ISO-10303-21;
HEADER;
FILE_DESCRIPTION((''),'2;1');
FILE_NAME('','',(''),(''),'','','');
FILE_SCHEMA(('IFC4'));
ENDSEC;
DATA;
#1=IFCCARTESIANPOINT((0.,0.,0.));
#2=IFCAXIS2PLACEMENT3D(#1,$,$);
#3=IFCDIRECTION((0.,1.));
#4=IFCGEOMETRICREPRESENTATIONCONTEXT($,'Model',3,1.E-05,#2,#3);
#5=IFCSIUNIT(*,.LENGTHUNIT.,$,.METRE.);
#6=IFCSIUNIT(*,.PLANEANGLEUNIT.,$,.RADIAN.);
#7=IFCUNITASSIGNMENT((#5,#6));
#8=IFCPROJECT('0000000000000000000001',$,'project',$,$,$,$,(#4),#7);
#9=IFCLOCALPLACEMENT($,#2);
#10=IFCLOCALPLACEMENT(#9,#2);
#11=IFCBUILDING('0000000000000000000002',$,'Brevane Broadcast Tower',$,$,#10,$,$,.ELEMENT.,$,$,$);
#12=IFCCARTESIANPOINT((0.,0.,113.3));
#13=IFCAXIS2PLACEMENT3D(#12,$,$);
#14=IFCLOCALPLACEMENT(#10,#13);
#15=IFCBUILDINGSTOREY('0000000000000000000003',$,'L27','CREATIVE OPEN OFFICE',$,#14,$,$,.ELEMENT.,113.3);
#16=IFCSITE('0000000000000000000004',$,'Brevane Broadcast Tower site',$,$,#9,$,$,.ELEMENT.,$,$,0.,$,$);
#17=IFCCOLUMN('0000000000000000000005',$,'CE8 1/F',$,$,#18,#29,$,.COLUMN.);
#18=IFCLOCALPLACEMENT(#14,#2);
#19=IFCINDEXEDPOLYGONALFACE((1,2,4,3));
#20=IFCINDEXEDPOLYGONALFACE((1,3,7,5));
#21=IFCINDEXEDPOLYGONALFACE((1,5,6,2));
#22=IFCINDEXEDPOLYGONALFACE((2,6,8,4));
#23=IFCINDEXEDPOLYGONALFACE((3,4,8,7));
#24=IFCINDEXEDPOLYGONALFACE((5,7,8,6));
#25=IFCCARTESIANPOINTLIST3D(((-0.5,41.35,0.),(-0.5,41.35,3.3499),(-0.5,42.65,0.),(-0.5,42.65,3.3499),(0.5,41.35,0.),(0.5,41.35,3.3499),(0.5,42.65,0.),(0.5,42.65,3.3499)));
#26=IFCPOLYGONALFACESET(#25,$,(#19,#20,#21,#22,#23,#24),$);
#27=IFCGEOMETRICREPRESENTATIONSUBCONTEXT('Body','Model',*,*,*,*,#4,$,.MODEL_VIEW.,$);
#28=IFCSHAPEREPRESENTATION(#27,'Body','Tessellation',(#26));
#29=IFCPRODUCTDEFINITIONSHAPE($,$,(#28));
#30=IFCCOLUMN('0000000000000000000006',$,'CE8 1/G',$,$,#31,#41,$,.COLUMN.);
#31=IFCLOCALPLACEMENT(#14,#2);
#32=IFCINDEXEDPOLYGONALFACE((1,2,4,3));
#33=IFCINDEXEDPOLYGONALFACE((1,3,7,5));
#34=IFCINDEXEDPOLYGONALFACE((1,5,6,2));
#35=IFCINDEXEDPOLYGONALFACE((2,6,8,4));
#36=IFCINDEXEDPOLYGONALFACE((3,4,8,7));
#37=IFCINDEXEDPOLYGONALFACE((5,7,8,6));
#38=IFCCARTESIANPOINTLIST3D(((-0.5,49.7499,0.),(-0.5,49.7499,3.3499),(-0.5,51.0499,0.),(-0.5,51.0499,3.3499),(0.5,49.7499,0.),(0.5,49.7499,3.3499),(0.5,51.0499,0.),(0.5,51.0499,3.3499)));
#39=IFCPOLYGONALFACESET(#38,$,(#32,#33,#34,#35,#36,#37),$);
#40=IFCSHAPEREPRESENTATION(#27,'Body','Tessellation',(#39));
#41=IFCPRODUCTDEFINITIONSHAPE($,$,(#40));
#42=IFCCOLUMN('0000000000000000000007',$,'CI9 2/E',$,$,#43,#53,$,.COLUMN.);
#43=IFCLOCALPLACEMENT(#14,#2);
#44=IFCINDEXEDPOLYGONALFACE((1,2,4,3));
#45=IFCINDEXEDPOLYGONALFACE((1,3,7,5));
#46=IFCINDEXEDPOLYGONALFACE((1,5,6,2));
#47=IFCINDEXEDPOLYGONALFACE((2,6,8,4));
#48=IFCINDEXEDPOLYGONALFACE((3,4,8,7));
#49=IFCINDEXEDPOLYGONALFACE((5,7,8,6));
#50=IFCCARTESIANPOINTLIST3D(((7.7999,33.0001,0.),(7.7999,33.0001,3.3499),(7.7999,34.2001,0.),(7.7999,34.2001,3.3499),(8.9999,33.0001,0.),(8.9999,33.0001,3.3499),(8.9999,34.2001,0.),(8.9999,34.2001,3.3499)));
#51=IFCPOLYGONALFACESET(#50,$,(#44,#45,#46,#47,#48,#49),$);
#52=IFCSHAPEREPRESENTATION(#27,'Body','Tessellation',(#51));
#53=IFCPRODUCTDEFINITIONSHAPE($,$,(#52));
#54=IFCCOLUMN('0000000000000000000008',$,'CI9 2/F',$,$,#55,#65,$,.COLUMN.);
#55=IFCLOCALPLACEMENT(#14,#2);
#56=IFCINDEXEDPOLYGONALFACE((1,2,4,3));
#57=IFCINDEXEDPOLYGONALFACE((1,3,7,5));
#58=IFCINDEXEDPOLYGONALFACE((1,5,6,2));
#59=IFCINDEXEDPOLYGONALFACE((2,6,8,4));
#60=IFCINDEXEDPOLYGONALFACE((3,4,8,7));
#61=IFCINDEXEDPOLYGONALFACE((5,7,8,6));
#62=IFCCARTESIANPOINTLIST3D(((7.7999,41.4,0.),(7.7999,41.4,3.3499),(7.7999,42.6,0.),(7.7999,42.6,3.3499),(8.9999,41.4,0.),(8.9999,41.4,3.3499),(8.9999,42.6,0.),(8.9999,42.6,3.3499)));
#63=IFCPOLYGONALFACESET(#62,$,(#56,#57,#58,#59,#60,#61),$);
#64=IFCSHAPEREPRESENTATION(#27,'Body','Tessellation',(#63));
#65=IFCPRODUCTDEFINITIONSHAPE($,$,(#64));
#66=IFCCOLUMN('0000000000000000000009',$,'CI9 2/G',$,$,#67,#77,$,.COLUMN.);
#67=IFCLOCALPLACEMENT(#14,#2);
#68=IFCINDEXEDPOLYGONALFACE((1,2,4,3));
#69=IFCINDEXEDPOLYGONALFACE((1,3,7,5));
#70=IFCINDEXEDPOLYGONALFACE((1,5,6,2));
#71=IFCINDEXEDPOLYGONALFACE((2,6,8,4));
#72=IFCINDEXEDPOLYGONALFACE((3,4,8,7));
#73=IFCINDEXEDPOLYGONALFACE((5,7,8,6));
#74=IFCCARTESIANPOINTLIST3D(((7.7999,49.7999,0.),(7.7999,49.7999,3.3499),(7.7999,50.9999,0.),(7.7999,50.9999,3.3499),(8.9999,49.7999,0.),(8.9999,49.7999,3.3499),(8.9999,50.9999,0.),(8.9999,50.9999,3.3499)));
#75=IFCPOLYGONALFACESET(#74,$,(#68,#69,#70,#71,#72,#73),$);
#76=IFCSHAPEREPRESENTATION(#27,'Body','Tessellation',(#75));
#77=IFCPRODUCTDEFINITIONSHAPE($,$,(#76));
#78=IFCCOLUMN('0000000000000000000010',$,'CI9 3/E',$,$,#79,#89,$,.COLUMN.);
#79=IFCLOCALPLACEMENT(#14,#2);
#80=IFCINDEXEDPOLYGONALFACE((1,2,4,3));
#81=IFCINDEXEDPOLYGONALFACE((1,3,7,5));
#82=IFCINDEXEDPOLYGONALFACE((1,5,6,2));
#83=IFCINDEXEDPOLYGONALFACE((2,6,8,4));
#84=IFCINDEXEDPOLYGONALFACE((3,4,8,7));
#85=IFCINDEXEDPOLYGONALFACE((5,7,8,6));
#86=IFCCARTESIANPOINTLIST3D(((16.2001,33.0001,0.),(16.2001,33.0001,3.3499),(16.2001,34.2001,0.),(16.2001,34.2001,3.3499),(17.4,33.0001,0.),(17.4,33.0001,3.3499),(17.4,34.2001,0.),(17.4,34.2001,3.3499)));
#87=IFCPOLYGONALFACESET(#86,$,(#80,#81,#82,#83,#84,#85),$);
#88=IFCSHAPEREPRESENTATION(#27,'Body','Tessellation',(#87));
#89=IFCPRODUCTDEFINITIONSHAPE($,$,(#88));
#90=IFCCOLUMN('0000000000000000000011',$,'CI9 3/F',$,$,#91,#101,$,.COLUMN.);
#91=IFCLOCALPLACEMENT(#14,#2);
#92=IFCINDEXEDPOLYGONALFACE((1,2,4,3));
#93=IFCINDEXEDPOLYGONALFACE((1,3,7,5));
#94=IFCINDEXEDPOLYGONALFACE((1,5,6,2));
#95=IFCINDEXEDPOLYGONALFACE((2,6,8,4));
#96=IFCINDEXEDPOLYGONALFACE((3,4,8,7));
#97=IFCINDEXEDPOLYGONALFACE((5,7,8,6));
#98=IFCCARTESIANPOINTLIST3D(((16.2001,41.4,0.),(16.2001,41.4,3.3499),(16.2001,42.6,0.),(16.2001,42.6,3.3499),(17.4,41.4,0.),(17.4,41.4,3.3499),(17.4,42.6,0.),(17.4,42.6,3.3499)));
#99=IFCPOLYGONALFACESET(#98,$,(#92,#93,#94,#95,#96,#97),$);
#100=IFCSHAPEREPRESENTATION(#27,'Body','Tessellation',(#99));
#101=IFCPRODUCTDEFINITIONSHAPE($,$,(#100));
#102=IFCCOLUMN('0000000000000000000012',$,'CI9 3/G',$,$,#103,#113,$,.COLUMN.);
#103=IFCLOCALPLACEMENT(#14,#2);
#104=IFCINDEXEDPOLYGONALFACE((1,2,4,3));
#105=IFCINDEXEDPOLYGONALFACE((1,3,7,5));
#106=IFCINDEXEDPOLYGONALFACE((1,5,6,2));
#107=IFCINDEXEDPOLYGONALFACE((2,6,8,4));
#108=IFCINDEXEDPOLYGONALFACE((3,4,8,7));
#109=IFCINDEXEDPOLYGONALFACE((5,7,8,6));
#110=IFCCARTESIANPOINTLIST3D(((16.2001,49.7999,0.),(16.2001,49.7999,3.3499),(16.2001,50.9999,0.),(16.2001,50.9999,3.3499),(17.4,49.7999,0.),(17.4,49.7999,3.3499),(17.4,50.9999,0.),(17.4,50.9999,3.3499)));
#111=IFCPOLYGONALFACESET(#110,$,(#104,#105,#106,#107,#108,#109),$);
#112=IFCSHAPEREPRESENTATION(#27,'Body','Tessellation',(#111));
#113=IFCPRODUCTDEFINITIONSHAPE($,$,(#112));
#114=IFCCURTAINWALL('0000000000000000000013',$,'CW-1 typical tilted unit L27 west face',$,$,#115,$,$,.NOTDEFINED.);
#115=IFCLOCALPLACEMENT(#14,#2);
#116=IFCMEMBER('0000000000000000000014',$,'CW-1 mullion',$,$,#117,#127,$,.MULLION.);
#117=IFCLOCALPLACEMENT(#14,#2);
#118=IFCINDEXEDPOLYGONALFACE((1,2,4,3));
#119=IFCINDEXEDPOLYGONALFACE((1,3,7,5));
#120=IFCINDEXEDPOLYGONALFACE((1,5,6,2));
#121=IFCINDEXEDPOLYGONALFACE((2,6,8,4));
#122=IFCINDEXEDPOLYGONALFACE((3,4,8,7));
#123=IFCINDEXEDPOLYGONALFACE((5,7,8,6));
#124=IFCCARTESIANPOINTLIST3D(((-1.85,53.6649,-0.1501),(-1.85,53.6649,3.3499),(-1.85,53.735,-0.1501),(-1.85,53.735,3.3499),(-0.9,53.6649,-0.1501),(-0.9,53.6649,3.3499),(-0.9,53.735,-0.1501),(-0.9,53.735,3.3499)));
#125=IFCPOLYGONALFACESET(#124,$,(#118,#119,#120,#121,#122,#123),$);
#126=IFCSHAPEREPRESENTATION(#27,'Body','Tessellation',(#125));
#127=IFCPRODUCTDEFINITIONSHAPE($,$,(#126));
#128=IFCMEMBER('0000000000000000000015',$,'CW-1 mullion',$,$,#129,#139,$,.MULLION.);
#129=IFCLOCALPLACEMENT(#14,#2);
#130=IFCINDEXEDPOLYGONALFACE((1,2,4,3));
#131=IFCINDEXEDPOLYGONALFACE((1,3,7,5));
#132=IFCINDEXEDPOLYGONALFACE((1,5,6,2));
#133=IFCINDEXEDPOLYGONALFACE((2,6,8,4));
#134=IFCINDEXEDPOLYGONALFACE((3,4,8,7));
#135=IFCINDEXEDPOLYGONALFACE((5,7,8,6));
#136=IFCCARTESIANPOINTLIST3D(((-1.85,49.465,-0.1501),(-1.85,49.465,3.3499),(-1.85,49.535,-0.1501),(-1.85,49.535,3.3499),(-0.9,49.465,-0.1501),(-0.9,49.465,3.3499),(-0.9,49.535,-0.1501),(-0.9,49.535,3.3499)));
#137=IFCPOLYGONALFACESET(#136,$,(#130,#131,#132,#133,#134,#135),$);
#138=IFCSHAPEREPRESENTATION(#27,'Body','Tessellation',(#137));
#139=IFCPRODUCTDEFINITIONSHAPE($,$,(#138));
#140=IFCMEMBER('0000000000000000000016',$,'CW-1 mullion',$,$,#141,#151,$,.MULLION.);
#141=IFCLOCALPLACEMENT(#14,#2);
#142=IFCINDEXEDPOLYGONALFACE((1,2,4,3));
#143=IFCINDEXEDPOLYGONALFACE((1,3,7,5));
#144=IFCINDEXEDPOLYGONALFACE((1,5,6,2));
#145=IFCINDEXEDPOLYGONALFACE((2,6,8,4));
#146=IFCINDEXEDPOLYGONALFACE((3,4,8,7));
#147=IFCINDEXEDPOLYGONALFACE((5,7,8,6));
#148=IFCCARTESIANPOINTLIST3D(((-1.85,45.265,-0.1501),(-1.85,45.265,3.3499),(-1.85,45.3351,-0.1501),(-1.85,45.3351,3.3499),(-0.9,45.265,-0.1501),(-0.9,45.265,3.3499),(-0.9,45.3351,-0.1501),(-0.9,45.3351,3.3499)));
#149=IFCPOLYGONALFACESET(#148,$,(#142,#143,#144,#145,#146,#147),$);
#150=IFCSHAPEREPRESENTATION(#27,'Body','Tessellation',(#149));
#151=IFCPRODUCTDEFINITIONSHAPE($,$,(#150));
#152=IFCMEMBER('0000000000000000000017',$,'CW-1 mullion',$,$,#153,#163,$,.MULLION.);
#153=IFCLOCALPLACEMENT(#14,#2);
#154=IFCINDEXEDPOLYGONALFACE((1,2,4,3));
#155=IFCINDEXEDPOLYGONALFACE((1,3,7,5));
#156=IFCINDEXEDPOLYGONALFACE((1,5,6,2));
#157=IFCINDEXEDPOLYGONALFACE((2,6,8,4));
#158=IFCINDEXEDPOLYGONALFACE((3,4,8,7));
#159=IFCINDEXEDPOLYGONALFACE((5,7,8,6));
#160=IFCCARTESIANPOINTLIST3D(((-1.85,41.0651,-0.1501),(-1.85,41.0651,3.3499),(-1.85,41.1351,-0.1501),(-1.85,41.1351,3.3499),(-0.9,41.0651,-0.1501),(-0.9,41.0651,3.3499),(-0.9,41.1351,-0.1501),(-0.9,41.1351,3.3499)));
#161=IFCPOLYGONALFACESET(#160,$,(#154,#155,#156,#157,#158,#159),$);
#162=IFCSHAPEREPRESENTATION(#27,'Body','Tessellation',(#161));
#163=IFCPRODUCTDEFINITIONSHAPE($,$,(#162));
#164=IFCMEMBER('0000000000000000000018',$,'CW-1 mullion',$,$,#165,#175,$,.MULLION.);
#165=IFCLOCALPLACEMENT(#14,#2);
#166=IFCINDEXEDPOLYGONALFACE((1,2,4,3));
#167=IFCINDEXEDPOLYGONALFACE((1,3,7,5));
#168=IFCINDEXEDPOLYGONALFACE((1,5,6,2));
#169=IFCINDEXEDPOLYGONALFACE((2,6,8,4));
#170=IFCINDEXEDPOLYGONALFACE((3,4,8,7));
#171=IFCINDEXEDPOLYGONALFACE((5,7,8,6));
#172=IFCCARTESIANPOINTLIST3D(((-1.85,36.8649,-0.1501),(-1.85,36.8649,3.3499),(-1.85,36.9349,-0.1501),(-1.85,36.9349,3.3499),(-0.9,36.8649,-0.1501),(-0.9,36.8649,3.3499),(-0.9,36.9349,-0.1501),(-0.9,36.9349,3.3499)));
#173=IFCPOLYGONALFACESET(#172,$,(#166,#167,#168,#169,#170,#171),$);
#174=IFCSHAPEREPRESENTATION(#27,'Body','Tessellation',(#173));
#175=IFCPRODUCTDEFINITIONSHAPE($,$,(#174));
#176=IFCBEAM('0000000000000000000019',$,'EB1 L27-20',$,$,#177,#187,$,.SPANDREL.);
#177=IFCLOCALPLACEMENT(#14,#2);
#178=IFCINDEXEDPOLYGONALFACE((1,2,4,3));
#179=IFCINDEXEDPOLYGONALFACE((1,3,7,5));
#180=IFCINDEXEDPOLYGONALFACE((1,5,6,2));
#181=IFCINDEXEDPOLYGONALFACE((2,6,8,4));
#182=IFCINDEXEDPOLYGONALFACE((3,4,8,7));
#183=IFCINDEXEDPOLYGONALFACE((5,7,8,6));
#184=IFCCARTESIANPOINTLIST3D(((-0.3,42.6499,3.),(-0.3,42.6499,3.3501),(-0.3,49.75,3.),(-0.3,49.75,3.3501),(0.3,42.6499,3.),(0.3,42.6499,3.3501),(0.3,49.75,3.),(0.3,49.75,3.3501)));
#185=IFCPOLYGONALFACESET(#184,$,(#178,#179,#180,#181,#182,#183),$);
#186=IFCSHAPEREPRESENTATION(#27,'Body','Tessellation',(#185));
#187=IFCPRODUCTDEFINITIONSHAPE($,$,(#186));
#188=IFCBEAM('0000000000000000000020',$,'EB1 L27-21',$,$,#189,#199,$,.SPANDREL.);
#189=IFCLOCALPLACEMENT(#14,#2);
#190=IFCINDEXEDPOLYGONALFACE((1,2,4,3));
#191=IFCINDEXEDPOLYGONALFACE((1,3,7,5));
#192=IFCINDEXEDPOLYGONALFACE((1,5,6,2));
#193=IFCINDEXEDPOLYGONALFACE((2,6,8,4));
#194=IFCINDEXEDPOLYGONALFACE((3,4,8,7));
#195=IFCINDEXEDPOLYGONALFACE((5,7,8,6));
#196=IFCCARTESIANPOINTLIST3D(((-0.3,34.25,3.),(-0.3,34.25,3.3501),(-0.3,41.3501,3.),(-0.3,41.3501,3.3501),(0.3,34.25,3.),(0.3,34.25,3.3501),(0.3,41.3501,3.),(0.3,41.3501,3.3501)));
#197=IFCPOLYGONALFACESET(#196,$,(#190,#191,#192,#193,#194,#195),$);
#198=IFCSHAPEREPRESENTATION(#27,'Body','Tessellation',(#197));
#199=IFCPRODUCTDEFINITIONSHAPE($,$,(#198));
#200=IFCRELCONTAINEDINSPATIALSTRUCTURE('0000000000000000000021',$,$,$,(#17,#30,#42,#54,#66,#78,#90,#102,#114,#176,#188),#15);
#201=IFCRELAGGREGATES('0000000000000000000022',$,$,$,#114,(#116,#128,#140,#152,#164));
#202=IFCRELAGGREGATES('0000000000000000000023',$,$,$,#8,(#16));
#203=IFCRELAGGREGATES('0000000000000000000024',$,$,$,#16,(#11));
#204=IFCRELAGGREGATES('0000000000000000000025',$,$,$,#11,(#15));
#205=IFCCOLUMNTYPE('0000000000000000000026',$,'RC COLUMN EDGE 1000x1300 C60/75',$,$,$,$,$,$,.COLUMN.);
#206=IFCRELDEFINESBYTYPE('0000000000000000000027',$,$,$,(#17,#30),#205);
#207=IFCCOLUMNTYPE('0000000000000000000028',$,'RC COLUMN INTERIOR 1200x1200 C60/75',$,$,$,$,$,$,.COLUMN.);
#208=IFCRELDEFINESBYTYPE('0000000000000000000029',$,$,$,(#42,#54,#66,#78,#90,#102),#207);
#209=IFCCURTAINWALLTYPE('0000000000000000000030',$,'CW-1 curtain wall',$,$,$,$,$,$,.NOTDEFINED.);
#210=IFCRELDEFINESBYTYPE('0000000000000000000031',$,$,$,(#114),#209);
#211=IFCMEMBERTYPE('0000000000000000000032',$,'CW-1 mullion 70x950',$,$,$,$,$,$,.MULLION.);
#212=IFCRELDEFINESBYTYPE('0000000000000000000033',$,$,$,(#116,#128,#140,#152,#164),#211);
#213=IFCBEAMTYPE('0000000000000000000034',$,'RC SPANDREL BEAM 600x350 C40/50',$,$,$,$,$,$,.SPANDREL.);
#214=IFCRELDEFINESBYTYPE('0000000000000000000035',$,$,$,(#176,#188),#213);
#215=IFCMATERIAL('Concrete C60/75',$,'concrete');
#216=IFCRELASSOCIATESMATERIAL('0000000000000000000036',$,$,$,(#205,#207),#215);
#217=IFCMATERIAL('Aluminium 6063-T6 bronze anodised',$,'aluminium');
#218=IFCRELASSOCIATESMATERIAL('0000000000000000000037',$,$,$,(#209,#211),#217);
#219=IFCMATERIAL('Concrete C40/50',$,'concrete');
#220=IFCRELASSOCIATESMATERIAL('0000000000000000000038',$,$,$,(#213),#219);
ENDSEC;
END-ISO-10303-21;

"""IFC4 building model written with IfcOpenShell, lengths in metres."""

from ifc_helpers import new_model, si_unit, direction, frame, origin, origin_2d, place, context, subcontext, project, spatial, rectangle, extrude, material, material_profile, profile_set, type_object, element, aggregate, save


model = new_model("IFC4")

# Units and contexts
model_context = context("Model", 3, precision=1e-05, world=origin(), true_north=direction((0.0, 1.0)))
body_context = subcontext(model_context, "Body", "Model", "MODEL_VIEW")
ifc_project = project(units=[si_unit("LENGTHUNIT", "METRE"), si_unit("PLANEANGLEUNIT", "RADIAN")], contexts=[model_context])

# Site, building, storey
site_placement = place(None, origin())
site = spatial("IfcSite", under=ifc_project, at=site_placement, Name="Brevane Broadcast Tower site", CompositionType="ELEMENT", RefElevation=0.0)
building_placement = place(site_placement, origin())
building = spatial("IfcBuilding", under=site, at=building_placement, Name="Brevane Broadcast Tower", CompositionType="ELEMENT")
storey_placement = place(building_placement, frame((0.0, 0.0, 113.3)))
storey = spatial("IfcBuildingStorey", under=building, at=storey_placement, Name="L27", Description="CREATIVE OPEN OFFICE", CompositionType="ELEMENT", Elevation=113.3)

# Columns
ifc_material_1 = material(Name="Concrete C60/75", Category="concrete")
ifc_material_profile_1 = material_profile(ifc_material_1, rectangle(XDim=1.0, YDim=1.3, at=origin_2d()), Name="RC 1000x1300")
ifc_profile_set_1 = profile_set([ifc_material_profile_1], Name="Concrete C60/75")
column_type_1 = type_object("IfcColumnType", Name="RC COLUMN EDGE 1000x1300 C60/75", PredefinedType="COLUMN", material=ifc_profile_set_1)
for number, where, z_axis, x_axis, name in (
    (1, (0.0, 42.0, 0.0), (0.0, 0.0, 1.0), (1.0, 0.0, 0.0), "CE8 1/F"),
    (2, (0.0, 50.3999, 0.0), (0.0, 0.0, 1.0), (1.0, 0.0, 0.0), "CE8 1/G"),
):
    element("IfcColumn", number, at=place(storey_placement, frame(where, z_axis=z_axis, x_axis=x_axis)), inside=storey, type_object=column_type_1, Name=name, PredefinedType="COLUMN", context=body_context, shape_type="SweptSolid", body=[
        extrude(rectangle(XDim=1.0, YDim=1.3, at=origin_2d()), origin(), (0.0, 0.0, 1.0), 3.3499),
    ])
ifc_material_profile_2 = material_profile(ifc_material_1, rectangle(XDim=1.2, YDim=1.2, at=origin_2d()), Name="RC 1200x1200")
ifc_profile_set_2 = profile_set([ifc_material_profile_2], Name="Concrete C60/75")
column_type_2 = type_object("IfcColumnType", Name="RC COLUMN INTERIOR 1200x1200 C60/75", PredefinedType="COLUMN", material=ifc_profile_set_2)
for number, where, z_axis, x_axis, name in (
    (3, (8.3999, 33.6001, 0.0), (0.0, 0.0, 1.0), (1.0, 0.0, 0.0), "CI9 2/E"),
    (4, (8.3999, 42.0, 0.0), (0.0, 0.0, 1.0), (1.0, 0.0, 0.0), "CI9 2/F"),
    (5, (8.3999, 50.3999, 0.0), (0.0, 0.0, 1.0), (1.0, 0.0, 0.0), "CI9 2/G"),
    (6, (16.8, 33.6001, 0.0), (0.0, 0.0, 1.0), (1.0, 0.0, 0.0), "CI9 3/E"),
    (7, (16.8, 42.0, 0.0), (0.0, 0.0, 1.0), (1.0, 0.0, 0.0), "CI9 3/F"),
    (8, (16.8, 50.3999, 0.0), (0.0, 0.0, 1.0), (1.0, 0.0, 0.0), "CI9 3/G"),
):
    element("IfcColumn", number, at=place(storey_placement, frame(where, z_axis=z_axis, x_axis=x_axis)), inside=storey, type_object=column_type_2, Name=name, PredefinedType="COLUMN", context=body_context, shape_type="SweptSolid", body=[
        extrude(rectangle(XDim=1.2, YDim=1.2, at=origin_2d()), origin(), (0.0, 0.0, 1.0), 3.3499),
    ])

# Curtain wall, members
ifc_material_2 = material(Name="Aluminium 6063-T6 bronze anodised", Category="aluminium")
curtain_wall_type = type_object("IfcCurtainWallType", Name="CW-1 curtain wall", PredefinedType="NOTDEFINED", material=ifc_material_2)
curtain_wall_placement = place(storey_placement, origin())
curtain_wall = element("IfcCurtainWall", 9, at=curtain_wall_placement, inside=storey, type_object=curtain_wall_type, Name="CW-1 typical tilted unit L27 west face", PredefinedType="NOTDEFINED")
ifc_material_profile_3 = material_profile(ifc_material_2, rectangle(XDim=0.95, YDim=0.0701, at=origin_2d()), Name="RECT 70x950")
ifc_profile_set_3 = profile_set([ifc_material_profile_3], Name="Aluminium 6063-T6 bronze anodised")
member_type = type_object("IfcMemberType", Name="CW-1 mullion 70x950", PredefinedType="MULLION", material=ifc_profile_set_3)
member_1_placement = place(storey_placement, frame((-1.375, 53.7, -0.1501), z_axis=(0.0, 0.0, 1.0), x_axis=(1.0, 0.0, 0.0)))
member_1 = element("IfcMember", 10, at=member_1_placement, type_object=member_type, Name="CW-1 mullion", PredefinedType="MULLION", context=body_context, shape_type="SweptSolid", body=[
    extrude(rectangle(XDim=0.95, YDim=0.0701, at=origin_2d()), origin(), (0.0, 0.0, 1.0), 3.5),
])
member_2_placement = place(storey_placement, frame((-1.375, 49.5, -0.1501), z_axis=(0.0, 0.0, 1.0), x_axis=(1.0, 0.0, 0.0)))
member_2 = element("IfcMember", 11, at=member_2_placement, type_object=member_type, Name="CW-1 mullion", PredefinedType="MULLION", context=body_context, shape_type="SweptSolid", body=[
    extrude(rectangle(XDim=0.95, YDim=0.0701, at=origin_2d()), origin(), (0.0, 0.0, 1.0), 3.5),
])
member_3_placement = place(storey_placement, frame((-1.375, 45.3, -0.1501), z_axis=(0.0, 0.0, 1.0), x_axis=(1.0, 0.0, 0.0)))
member_3 = element("IfcMember", 12, at=member_3_placement, type_object=member_type, Name="CW-1 mullion", PredefinedType="MULLION", context=body_context, shape_type="SweptSolid", body=[
    extrude(rectangle(XDim=0.95, YDim=0.0701, at=origin_2d()), origin(), (0.0, 0.0, 1.0), 3.5),
])
member_4_placement = place(storey_placement, frame((-1.375, 41.1001, -0.1501), z_axis=(0.0, 0.0, 1.0), x_axis=(1.0, 0.0, 0.0)))
member_4 = element("IfcMember", 13, at=member_4_placement, type_object=member_type, Name="CW-1 mullion", PredefinedType="MULLION", context=body_context, shape_type="SweptSolid", body=[
    extrude(rectangle(XDim=0.95, YDim=0.0701, at=origin_2d()), origin(), (0.0, 0.0, 1.0), 3.5),
])
member_5_placement = place(storey_placement, frame((-1.375, 36.8999, -0.1501), z_axis=(0.0, 0.0, 1.0), x_axis=(1.0, 0.0, 0.0)))
member_5 = element("IfcMember", 14, at=member_5_placement, type_object=member_type, Name="CW-1 mullion", PredefinedType="MULLION", context=body_context, shape_type="SweptSolid", body=[
    extrude(rectangle(XDim=0.95, YDim=0.0701, at=origin_2d()), origin(), (0.0, 0.0, 1.0), 3.5),
])
aggregate(curtain_wall, [member_1, member_2, member_3, member_4, member_5])

# Beams
ifc_material_3 = material(Name="Concrete C40/50", Category="concrete")
ifc_material_profile_4 = material_profile(ifc_material_3, rectangle(XDim=0.6001, YDim=0.3501, at=origin_2d()), Name="RC 600x350")
ifc_profile_set_4 = profile_set([ifc_material_profile_4], Name="Concrete C40/50")
beam_type = type_object("IfcBeamType", Name="RC SPANDREL BEAM 600x350 C40/50", PredefinedType="SPANDREL", material=ifc_profile_set_4)
for number, where, z_axis, x_axis, name in (
    (15, (0.0, 49.75, 3.175), (0.0, -1.0, 0.0), (1.0, 0.0, 0.0), "EB1 L27-20"),
    (16, (0.0, 41.3501, 3.175), (0.0, -1.0, 0.0), (1.0, 0.0, 0.0), "EB1 L27-21"),
):
    element("IfcBeam", number, at=place(storey_placement, frame(where, z_axis=z_axis, x_axis=x_axis)), inside=storey, type_object=beam_type, Name=name, PredefinedType="SPANDREL", context=body_context, shape_type="SweptSolid", body=[
        extrude(rectangle(XDim=0.6001, YDim=0.3501, at=origin_2d()), origin(), (0.0, 0.0, 1.0), 7.1001),
    ])

save(model, "model.ifc")
